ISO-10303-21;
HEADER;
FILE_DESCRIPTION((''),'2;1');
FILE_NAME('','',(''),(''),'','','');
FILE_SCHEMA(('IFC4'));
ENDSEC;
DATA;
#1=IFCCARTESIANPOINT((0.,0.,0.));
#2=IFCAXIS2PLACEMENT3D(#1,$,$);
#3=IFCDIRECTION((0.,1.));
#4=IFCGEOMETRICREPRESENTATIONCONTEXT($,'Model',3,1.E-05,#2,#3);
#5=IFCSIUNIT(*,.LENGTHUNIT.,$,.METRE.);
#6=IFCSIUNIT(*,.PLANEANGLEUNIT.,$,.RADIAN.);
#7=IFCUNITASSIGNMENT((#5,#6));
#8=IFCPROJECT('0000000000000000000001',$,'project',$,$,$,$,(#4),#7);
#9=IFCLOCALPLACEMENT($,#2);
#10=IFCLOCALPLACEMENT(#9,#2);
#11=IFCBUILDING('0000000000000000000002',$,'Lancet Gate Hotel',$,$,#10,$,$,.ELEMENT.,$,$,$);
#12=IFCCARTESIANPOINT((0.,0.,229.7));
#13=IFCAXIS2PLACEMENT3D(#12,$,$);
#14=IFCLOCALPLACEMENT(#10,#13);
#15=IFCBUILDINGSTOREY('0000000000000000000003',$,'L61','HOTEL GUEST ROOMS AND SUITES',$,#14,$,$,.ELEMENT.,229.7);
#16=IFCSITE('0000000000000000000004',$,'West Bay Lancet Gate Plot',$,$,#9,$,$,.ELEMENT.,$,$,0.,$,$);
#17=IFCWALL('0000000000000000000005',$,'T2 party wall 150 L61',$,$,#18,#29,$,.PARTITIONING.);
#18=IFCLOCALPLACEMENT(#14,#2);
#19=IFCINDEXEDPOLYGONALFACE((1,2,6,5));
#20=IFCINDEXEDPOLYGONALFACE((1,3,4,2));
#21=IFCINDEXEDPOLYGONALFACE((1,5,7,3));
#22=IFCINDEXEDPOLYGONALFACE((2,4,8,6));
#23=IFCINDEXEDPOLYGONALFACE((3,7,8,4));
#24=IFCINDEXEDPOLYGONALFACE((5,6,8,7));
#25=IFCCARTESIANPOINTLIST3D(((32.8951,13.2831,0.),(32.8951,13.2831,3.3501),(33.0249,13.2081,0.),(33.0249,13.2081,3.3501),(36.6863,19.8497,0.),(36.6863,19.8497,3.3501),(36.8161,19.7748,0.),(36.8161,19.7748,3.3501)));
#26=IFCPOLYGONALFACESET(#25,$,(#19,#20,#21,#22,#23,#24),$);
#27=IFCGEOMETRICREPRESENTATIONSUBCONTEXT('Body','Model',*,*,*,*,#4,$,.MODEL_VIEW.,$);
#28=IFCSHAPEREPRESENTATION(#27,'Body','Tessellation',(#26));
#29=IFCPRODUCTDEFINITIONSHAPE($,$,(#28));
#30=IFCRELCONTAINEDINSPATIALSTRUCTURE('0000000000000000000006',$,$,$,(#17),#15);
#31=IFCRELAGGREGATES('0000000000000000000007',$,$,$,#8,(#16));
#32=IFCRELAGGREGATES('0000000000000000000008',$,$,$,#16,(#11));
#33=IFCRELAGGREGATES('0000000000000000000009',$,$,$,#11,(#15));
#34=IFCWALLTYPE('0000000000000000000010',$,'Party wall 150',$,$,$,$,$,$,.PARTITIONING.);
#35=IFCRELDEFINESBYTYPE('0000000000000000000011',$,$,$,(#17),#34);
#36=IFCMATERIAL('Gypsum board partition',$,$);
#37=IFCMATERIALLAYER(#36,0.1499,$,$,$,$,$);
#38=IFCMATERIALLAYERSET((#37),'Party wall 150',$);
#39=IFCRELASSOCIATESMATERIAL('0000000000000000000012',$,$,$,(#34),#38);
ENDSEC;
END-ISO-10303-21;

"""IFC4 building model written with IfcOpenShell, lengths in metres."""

from ifc_helpers import new_model, si_unit, direction, frame, frame_2d, origin, place, context, subcontext, project, spatial, rectangle, extrude, material, layer, layer_set, type_object, element, save


model = new_model("IFC4")

# Units and contexts
model_context = context("Model", 3, precision=1e-05, world=origin(), true_north=direction((0.0, 1.0)))
body_context = subcontext(model_context, "Body", "Model", "MODEL_VIEW")
ifc_project = project(units=[si_unit("LENGTHUNIT", "METRE"), si_unit("PLANEANGLEUNIT", "RADIAN")], contexts=[model_context])

# Site, building, storey
site_placement = place(None, origin())
site = spatial("IfcSite", under=ifc_project, at=site_placement, Name="West Bay Lancet Gate Plot", CompositionType="ELEMENT", RefElevation=0.0)
building_placement = place(site_placement, origin())
building = spatial("IfcBuilding", under=site, at=building_placement, Name="Lancet Gate Hotel", CompositionType="ELEMENT")
storey_placement = place(building_placement, frame((0.0, 0.0, 229.7)))
storey = spatial("IfcBuildingStorey", under=building, at=storey_placement, Name="L61", Description="HOTEL GUEST ROOMS AND SUITES", CompositionType="ELEMENT", Elevation=229.7)

# Wall
ifc_material_1 = material(Name="Gypsum board partition")
ifc_layer_1 = layer(ifc_material_1, 0.1499)
ifc_layer_set_1 = layer_set([ifc_layer_1], Name="Party wall 150")
wall_type = type_object("IfcWallType", Name="Party wall 150", PredefinedType="PARTITIONING", material=ifc_layer_set_1)
wall_placement = place(storey_placement, frame((32.96, 13.2456, 0.0), z_axis=(0.0, 0.0, 1.0), x_axis=(0.5, 0.866025, 0.0)))
element("IfcWall", 1, at=wall_placement, inside=storey, type_object=wall_type, Name="T2 party wall 150 L61", PredefinedType="PARTITIONING", context=body_context, shape_type="SweptSolid", body=[
    extrude(rectangle(XDim=7.5825, YDim=0.1499, at=frame_2d((3.7913, 0.0))), origin(), (0.0, 0.0, 1.0), 3.3501),
])

save(model, "model.ifc")
